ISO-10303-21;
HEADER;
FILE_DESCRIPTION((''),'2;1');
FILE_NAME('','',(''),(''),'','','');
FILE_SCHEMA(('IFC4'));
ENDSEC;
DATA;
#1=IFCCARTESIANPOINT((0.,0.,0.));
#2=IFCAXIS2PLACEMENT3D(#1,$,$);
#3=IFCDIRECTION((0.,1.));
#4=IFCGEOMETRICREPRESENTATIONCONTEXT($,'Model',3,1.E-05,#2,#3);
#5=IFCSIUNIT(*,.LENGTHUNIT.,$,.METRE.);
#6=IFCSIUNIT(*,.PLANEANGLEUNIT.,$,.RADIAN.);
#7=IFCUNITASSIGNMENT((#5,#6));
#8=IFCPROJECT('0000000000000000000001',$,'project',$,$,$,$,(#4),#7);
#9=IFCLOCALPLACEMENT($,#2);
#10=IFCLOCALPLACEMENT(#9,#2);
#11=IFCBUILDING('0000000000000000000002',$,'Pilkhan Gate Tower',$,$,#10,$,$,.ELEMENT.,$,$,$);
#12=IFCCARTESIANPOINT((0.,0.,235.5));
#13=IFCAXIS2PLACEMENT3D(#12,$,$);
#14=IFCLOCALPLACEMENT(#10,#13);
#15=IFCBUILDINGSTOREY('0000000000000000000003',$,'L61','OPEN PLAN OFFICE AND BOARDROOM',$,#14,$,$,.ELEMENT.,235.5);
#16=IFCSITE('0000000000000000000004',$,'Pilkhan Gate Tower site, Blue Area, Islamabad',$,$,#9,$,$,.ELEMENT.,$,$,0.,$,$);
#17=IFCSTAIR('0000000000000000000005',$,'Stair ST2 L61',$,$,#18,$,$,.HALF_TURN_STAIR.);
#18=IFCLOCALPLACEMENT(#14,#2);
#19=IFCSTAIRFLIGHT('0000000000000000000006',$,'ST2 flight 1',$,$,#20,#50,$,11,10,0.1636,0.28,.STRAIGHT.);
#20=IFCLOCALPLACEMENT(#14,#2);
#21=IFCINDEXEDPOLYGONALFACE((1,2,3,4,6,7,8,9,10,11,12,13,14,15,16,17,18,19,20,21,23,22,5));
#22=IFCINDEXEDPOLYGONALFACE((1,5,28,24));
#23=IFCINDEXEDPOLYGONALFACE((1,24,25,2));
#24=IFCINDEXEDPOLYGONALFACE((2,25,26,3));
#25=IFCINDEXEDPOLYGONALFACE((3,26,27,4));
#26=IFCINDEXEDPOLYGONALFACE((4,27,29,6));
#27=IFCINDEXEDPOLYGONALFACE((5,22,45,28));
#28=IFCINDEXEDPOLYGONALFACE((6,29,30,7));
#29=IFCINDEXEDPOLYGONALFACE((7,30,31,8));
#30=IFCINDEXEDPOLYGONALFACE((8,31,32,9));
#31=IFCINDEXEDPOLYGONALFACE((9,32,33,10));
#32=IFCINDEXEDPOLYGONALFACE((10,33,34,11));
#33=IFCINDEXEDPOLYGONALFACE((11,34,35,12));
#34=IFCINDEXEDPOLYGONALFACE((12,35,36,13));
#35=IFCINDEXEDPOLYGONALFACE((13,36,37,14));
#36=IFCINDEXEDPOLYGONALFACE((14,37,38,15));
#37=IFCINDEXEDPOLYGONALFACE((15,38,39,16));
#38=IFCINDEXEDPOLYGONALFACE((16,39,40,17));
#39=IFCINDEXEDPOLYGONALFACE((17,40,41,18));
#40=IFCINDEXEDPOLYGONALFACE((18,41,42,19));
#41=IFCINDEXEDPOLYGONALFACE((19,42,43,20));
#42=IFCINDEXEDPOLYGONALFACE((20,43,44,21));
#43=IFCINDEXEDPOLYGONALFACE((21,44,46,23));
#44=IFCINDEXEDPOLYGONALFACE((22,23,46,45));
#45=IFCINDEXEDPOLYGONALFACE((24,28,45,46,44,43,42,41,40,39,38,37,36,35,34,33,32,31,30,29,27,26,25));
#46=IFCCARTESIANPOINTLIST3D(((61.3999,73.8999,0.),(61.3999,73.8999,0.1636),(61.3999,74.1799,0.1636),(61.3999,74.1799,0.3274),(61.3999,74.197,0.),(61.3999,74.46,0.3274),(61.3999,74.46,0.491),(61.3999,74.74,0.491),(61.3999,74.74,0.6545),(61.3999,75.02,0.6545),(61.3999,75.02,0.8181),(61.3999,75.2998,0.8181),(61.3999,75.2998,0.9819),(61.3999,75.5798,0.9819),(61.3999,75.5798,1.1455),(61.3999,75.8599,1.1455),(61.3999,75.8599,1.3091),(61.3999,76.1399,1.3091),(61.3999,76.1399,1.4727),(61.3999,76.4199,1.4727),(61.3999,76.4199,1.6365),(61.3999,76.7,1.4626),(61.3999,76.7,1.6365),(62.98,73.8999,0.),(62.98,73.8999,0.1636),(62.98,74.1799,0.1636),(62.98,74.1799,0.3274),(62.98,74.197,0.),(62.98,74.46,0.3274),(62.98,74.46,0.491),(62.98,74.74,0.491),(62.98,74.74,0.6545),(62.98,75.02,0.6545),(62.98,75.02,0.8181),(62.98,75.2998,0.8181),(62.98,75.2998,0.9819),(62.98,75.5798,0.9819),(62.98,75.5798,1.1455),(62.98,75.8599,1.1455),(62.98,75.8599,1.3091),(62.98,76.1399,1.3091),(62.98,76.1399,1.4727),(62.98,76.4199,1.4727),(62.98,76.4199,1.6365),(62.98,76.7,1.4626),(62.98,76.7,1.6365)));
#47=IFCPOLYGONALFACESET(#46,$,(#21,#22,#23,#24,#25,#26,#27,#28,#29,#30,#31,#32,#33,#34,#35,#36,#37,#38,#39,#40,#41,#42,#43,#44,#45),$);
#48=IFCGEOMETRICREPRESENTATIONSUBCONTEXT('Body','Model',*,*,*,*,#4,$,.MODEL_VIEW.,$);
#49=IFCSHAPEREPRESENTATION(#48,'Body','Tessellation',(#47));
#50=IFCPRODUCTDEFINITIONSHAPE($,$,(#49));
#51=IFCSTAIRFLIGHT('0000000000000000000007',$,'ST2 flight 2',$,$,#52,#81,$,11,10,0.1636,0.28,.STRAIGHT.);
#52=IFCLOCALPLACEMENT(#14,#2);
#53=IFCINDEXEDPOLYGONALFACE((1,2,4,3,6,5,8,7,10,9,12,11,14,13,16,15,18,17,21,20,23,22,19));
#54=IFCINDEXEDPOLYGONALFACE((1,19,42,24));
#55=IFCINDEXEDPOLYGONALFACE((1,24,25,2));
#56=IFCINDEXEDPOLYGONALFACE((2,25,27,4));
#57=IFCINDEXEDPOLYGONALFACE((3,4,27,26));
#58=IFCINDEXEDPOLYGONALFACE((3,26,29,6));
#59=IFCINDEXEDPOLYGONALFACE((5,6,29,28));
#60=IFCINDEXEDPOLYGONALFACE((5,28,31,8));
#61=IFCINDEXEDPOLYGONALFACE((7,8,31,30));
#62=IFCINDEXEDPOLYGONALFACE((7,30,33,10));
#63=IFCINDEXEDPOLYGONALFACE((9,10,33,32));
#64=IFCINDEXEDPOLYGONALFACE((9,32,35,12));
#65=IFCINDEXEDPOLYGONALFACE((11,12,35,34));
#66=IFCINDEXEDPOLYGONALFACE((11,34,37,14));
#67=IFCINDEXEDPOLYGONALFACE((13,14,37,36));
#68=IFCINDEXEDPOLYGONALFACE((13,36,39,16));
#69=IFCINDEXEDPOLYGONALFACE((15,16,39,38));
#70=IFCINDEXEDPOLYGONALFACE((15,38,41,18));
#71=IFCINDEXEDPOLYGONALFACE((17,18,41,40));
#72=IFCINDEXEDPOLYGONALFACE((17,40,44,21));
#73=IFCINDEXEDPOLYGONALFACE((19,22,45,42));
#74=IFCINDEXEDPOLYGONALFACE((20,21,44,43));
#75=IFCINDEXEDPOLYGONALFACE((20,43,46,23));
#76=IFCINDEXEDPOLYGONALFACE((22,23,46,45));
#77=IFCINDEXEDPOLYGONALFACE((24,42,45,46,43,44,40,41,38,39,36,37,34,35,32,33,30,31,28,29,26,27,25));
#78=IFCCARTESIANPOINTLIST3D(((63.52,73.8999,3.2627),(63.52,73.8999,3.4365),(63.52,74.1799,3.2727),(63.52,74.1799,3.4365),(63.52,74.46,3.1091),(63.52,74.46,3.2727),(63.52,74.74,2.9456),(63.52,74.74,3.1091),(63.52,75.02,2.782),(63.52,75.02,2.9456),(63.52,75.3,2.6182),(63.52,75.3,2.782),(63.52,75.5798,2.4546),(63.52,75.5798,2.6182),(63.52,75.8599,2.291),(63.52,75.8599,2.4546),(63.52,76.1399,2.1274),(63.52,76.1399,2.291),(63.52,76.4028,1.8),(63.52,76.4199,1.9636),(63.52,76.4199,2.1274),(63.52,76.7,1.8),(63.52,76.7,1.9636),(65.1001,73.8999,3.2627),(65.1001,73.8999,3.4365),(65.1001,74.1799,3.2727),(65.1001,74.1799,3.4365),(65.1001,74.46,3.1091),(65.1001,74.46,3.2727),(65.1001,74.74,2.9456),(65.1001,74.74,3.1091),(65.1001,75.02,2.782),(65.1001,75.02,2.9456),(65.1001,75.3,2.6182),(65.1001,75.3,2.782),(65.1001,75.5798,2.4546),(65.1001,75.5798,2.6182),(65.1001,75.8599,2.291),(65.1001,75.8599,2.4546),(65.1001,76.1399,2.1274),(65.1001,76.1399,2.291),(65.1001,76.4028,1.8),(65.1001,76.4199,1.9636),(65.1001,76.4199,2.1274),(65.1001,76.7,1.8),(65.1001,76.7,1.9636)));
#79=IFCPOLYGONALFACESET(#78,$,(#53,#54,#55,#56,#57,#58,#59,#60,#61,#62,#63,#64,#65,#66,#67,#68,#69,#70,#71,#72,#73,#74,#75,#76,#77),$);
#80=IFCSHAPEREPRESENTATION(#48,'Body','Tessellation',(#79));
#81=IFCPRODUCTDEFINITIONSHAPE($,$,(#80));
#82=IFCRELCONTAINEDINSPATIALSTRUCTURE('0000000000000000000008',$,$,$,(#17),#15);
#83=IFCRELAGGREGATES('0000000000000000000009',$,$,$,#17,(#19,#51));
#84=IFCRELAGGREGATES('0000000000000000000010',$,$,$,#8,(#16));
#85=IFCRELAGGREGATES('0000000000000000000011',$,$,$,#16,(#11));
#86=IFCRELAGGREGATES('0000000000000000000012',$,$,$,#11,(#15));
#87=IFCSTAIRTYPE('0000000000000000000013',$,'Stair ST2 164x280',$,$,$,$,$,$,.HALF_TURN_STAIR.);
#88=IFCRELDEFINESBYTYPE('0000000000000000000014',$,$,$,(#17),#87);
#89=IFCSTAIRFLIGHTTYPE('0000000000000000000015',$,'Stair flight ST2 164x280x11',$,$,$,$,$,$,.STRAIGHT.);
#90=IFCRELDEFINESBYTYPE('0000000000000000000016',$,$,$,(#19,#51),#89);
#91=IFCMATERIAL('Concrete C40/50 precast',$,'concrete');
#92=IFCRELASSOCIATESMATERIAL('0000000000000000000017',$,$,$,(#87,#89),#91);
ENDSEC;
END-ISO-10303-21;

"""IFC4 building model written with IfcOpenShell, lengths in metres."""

from ifc_helpers import new_model, si_unit, direction, frame, origin, place, context, subcontext, project, spatial, polyline, outline, extrude, material, type_object, element, aggregate, save


model = new_model("IFC4")

# Units and contexts
model_context = context("Model", 3, precision=1e-05, world=origin(), true_north=direction((0.0, 1.0)))
body_context = subcontext(model_context, "Body", "Model", "MODEL_VIEW")
ifc_project = project(units=[si_unit("LENGTHUNIT", "METRE"), si_unit("PLANEANGLEUNIT", "RADIAN")], contexts=[model_context])

# Site, building, storey
site_placement = place(None, origin())
site = spatial("IfcSite", under=ifc_project, at=site_placement, Name="Pilkhan Gate Tower site, Blue Area, Islamabad", CompositionType="ELEMENT", RefElevation=0.0)
building_placement = place(site_placement, origin())
building = spatial("IfcBuilding", under=site, at=building_placement, Name="Pilkhan Gate Tower", CompositionType="ELEMENT")
storey_placement = place(building_placement, frame((0.0, 0.0, 235.5)))
storey = spatial("IfcBuildingStorey", under=building, at=storey_placement, Name="L61", Description="OPEN PLAN OFFICE AND BOARDROOM", CompositionType="ELEMENT", Elevation=235.5)

# Stair, stair flights
ifc_material_1 = material(Name="Concrete C40/50 precast", Category="concrete")
stair_type = type_object("IfcStairType", Name="Stair ST2 164x280", PredefinedType="HALF_TURN_STAIR", material=ifc_material_1)
stair_placement = place(storey_placement, origin())
stair = element("IfcStair", 1, at=stair_placement, inside=storey, type_object=stair_type, Name="Stair ST2 L61", PredefinedType="HALF_TURN_STAIR")
stair_flight_type = type_object("IfcStairFlightType", Name="Stair flight ST2 164x280x11", PredefinedType="STRAIGHT", material=ifc_material_1)
stair_flight_1_placement = place(storey_placement, frame((62.1899, 73.8999, 0.0), z_axis=(0.0, 0.0, 1.0), x_axis=(0.0, 1.0, 0.0)))
stair_flight_1 = element("IfcStairFlight", 2, at=stair_flight_1_placement, type_object=stair_flight_type, Name="ST2 flight 1", NumberOfRisers=11, NumberOfTreads=10, PredefinedType="STRAIGHT", RiserHeight=0.1636, TreadLength=0.28, context=body_context, shape_type="SweptSolid", body=[
    extrude(outline(polyline([(0.0, 0.0), (0.0, 0.1636), (0.28, 0.1636), (0.28, 0.3274), (0.5601, 0.3274), (0.5601, 0.491), (0.8401, 0.491), (0.8401, 0.6545), (1.1201, 0.6545), (1.1201, 0.8181), (1.3999, 0.8181), (1.3999, 0.9819), (1.6799, 0.9819), (1.6799, 1.1455), (1.96, 1.1455), (1.96, 1.3091), (2.24, 1.3091), (2.24, 1.4727), (2.52, 1.4727), (2.52, 1.6365), (2.8, 1.6365), (2.8, 1.8), (2.8, 1.4626), (0.2971, 0.0), (0.0, 0.0)])), frame((0.0, 0.79, 0.0), z_axis=(0.0, -1.0, 0.0), x_axis=(1.0, 0.0, 0.0)), (0.0, 0.0, 1.0), 1.5801),
])
stair_flight_2_placement = place(storey_placement, frame((64.3101, 76.7, 1.8), z_axis=(0.0, 0.0, 1.0), x_axis=(0.0, -1.0, 0.0)))
stair_flight_2 = element("IfcStairFlight", 3, at=stair_flight_2_placement, type_object=stair_flight_type, Name="ST2 flight 2", NumberOfRisers=11, NumberOfTreads=10, PredefinedType="STRAIGHT", RiserHeight=0.1636, TreadLength=0.28, context=body_context, shape_type="SweptSolid", body=[
    extrude(outline(polyline([(0.0, 0.0), (0.0, 0.1636), (0.28, 0.1636), (0.28, 0.3274), (0.5601, 0.3274), (0.5601, 0.491), (0.8401, 0.491), (0.8401, 0.6545), (1.1201, 0.6545), (1.1201, 0.8181), (1.3999, 0.8181), (1.3999, 0.9819), (1.6799, 0.9819), (1.6799, 1.1455), (1.96, 1.1455), (1.96, 1.3091), (2.24, 1.3091), (2.24, 1.4727), (2.52, 1.4727), (2.52, 1.6365), (2.8, 1.6365), (2.8, 1.8), (2.8, 1.4626), (0.2971, 0.0), (0.0, 0.0)])), frame((0.0, 0.79, 0.0), z_axis=(0.0, -1.0, 0.0), x_axis=(1.0, 0.0, 0.0)), (0.0, 0.0, 1.0), 1.5801),
])
aggregate(stair, [stair_flight_1, stair_flight_2])

save(model, "model.ifc")
